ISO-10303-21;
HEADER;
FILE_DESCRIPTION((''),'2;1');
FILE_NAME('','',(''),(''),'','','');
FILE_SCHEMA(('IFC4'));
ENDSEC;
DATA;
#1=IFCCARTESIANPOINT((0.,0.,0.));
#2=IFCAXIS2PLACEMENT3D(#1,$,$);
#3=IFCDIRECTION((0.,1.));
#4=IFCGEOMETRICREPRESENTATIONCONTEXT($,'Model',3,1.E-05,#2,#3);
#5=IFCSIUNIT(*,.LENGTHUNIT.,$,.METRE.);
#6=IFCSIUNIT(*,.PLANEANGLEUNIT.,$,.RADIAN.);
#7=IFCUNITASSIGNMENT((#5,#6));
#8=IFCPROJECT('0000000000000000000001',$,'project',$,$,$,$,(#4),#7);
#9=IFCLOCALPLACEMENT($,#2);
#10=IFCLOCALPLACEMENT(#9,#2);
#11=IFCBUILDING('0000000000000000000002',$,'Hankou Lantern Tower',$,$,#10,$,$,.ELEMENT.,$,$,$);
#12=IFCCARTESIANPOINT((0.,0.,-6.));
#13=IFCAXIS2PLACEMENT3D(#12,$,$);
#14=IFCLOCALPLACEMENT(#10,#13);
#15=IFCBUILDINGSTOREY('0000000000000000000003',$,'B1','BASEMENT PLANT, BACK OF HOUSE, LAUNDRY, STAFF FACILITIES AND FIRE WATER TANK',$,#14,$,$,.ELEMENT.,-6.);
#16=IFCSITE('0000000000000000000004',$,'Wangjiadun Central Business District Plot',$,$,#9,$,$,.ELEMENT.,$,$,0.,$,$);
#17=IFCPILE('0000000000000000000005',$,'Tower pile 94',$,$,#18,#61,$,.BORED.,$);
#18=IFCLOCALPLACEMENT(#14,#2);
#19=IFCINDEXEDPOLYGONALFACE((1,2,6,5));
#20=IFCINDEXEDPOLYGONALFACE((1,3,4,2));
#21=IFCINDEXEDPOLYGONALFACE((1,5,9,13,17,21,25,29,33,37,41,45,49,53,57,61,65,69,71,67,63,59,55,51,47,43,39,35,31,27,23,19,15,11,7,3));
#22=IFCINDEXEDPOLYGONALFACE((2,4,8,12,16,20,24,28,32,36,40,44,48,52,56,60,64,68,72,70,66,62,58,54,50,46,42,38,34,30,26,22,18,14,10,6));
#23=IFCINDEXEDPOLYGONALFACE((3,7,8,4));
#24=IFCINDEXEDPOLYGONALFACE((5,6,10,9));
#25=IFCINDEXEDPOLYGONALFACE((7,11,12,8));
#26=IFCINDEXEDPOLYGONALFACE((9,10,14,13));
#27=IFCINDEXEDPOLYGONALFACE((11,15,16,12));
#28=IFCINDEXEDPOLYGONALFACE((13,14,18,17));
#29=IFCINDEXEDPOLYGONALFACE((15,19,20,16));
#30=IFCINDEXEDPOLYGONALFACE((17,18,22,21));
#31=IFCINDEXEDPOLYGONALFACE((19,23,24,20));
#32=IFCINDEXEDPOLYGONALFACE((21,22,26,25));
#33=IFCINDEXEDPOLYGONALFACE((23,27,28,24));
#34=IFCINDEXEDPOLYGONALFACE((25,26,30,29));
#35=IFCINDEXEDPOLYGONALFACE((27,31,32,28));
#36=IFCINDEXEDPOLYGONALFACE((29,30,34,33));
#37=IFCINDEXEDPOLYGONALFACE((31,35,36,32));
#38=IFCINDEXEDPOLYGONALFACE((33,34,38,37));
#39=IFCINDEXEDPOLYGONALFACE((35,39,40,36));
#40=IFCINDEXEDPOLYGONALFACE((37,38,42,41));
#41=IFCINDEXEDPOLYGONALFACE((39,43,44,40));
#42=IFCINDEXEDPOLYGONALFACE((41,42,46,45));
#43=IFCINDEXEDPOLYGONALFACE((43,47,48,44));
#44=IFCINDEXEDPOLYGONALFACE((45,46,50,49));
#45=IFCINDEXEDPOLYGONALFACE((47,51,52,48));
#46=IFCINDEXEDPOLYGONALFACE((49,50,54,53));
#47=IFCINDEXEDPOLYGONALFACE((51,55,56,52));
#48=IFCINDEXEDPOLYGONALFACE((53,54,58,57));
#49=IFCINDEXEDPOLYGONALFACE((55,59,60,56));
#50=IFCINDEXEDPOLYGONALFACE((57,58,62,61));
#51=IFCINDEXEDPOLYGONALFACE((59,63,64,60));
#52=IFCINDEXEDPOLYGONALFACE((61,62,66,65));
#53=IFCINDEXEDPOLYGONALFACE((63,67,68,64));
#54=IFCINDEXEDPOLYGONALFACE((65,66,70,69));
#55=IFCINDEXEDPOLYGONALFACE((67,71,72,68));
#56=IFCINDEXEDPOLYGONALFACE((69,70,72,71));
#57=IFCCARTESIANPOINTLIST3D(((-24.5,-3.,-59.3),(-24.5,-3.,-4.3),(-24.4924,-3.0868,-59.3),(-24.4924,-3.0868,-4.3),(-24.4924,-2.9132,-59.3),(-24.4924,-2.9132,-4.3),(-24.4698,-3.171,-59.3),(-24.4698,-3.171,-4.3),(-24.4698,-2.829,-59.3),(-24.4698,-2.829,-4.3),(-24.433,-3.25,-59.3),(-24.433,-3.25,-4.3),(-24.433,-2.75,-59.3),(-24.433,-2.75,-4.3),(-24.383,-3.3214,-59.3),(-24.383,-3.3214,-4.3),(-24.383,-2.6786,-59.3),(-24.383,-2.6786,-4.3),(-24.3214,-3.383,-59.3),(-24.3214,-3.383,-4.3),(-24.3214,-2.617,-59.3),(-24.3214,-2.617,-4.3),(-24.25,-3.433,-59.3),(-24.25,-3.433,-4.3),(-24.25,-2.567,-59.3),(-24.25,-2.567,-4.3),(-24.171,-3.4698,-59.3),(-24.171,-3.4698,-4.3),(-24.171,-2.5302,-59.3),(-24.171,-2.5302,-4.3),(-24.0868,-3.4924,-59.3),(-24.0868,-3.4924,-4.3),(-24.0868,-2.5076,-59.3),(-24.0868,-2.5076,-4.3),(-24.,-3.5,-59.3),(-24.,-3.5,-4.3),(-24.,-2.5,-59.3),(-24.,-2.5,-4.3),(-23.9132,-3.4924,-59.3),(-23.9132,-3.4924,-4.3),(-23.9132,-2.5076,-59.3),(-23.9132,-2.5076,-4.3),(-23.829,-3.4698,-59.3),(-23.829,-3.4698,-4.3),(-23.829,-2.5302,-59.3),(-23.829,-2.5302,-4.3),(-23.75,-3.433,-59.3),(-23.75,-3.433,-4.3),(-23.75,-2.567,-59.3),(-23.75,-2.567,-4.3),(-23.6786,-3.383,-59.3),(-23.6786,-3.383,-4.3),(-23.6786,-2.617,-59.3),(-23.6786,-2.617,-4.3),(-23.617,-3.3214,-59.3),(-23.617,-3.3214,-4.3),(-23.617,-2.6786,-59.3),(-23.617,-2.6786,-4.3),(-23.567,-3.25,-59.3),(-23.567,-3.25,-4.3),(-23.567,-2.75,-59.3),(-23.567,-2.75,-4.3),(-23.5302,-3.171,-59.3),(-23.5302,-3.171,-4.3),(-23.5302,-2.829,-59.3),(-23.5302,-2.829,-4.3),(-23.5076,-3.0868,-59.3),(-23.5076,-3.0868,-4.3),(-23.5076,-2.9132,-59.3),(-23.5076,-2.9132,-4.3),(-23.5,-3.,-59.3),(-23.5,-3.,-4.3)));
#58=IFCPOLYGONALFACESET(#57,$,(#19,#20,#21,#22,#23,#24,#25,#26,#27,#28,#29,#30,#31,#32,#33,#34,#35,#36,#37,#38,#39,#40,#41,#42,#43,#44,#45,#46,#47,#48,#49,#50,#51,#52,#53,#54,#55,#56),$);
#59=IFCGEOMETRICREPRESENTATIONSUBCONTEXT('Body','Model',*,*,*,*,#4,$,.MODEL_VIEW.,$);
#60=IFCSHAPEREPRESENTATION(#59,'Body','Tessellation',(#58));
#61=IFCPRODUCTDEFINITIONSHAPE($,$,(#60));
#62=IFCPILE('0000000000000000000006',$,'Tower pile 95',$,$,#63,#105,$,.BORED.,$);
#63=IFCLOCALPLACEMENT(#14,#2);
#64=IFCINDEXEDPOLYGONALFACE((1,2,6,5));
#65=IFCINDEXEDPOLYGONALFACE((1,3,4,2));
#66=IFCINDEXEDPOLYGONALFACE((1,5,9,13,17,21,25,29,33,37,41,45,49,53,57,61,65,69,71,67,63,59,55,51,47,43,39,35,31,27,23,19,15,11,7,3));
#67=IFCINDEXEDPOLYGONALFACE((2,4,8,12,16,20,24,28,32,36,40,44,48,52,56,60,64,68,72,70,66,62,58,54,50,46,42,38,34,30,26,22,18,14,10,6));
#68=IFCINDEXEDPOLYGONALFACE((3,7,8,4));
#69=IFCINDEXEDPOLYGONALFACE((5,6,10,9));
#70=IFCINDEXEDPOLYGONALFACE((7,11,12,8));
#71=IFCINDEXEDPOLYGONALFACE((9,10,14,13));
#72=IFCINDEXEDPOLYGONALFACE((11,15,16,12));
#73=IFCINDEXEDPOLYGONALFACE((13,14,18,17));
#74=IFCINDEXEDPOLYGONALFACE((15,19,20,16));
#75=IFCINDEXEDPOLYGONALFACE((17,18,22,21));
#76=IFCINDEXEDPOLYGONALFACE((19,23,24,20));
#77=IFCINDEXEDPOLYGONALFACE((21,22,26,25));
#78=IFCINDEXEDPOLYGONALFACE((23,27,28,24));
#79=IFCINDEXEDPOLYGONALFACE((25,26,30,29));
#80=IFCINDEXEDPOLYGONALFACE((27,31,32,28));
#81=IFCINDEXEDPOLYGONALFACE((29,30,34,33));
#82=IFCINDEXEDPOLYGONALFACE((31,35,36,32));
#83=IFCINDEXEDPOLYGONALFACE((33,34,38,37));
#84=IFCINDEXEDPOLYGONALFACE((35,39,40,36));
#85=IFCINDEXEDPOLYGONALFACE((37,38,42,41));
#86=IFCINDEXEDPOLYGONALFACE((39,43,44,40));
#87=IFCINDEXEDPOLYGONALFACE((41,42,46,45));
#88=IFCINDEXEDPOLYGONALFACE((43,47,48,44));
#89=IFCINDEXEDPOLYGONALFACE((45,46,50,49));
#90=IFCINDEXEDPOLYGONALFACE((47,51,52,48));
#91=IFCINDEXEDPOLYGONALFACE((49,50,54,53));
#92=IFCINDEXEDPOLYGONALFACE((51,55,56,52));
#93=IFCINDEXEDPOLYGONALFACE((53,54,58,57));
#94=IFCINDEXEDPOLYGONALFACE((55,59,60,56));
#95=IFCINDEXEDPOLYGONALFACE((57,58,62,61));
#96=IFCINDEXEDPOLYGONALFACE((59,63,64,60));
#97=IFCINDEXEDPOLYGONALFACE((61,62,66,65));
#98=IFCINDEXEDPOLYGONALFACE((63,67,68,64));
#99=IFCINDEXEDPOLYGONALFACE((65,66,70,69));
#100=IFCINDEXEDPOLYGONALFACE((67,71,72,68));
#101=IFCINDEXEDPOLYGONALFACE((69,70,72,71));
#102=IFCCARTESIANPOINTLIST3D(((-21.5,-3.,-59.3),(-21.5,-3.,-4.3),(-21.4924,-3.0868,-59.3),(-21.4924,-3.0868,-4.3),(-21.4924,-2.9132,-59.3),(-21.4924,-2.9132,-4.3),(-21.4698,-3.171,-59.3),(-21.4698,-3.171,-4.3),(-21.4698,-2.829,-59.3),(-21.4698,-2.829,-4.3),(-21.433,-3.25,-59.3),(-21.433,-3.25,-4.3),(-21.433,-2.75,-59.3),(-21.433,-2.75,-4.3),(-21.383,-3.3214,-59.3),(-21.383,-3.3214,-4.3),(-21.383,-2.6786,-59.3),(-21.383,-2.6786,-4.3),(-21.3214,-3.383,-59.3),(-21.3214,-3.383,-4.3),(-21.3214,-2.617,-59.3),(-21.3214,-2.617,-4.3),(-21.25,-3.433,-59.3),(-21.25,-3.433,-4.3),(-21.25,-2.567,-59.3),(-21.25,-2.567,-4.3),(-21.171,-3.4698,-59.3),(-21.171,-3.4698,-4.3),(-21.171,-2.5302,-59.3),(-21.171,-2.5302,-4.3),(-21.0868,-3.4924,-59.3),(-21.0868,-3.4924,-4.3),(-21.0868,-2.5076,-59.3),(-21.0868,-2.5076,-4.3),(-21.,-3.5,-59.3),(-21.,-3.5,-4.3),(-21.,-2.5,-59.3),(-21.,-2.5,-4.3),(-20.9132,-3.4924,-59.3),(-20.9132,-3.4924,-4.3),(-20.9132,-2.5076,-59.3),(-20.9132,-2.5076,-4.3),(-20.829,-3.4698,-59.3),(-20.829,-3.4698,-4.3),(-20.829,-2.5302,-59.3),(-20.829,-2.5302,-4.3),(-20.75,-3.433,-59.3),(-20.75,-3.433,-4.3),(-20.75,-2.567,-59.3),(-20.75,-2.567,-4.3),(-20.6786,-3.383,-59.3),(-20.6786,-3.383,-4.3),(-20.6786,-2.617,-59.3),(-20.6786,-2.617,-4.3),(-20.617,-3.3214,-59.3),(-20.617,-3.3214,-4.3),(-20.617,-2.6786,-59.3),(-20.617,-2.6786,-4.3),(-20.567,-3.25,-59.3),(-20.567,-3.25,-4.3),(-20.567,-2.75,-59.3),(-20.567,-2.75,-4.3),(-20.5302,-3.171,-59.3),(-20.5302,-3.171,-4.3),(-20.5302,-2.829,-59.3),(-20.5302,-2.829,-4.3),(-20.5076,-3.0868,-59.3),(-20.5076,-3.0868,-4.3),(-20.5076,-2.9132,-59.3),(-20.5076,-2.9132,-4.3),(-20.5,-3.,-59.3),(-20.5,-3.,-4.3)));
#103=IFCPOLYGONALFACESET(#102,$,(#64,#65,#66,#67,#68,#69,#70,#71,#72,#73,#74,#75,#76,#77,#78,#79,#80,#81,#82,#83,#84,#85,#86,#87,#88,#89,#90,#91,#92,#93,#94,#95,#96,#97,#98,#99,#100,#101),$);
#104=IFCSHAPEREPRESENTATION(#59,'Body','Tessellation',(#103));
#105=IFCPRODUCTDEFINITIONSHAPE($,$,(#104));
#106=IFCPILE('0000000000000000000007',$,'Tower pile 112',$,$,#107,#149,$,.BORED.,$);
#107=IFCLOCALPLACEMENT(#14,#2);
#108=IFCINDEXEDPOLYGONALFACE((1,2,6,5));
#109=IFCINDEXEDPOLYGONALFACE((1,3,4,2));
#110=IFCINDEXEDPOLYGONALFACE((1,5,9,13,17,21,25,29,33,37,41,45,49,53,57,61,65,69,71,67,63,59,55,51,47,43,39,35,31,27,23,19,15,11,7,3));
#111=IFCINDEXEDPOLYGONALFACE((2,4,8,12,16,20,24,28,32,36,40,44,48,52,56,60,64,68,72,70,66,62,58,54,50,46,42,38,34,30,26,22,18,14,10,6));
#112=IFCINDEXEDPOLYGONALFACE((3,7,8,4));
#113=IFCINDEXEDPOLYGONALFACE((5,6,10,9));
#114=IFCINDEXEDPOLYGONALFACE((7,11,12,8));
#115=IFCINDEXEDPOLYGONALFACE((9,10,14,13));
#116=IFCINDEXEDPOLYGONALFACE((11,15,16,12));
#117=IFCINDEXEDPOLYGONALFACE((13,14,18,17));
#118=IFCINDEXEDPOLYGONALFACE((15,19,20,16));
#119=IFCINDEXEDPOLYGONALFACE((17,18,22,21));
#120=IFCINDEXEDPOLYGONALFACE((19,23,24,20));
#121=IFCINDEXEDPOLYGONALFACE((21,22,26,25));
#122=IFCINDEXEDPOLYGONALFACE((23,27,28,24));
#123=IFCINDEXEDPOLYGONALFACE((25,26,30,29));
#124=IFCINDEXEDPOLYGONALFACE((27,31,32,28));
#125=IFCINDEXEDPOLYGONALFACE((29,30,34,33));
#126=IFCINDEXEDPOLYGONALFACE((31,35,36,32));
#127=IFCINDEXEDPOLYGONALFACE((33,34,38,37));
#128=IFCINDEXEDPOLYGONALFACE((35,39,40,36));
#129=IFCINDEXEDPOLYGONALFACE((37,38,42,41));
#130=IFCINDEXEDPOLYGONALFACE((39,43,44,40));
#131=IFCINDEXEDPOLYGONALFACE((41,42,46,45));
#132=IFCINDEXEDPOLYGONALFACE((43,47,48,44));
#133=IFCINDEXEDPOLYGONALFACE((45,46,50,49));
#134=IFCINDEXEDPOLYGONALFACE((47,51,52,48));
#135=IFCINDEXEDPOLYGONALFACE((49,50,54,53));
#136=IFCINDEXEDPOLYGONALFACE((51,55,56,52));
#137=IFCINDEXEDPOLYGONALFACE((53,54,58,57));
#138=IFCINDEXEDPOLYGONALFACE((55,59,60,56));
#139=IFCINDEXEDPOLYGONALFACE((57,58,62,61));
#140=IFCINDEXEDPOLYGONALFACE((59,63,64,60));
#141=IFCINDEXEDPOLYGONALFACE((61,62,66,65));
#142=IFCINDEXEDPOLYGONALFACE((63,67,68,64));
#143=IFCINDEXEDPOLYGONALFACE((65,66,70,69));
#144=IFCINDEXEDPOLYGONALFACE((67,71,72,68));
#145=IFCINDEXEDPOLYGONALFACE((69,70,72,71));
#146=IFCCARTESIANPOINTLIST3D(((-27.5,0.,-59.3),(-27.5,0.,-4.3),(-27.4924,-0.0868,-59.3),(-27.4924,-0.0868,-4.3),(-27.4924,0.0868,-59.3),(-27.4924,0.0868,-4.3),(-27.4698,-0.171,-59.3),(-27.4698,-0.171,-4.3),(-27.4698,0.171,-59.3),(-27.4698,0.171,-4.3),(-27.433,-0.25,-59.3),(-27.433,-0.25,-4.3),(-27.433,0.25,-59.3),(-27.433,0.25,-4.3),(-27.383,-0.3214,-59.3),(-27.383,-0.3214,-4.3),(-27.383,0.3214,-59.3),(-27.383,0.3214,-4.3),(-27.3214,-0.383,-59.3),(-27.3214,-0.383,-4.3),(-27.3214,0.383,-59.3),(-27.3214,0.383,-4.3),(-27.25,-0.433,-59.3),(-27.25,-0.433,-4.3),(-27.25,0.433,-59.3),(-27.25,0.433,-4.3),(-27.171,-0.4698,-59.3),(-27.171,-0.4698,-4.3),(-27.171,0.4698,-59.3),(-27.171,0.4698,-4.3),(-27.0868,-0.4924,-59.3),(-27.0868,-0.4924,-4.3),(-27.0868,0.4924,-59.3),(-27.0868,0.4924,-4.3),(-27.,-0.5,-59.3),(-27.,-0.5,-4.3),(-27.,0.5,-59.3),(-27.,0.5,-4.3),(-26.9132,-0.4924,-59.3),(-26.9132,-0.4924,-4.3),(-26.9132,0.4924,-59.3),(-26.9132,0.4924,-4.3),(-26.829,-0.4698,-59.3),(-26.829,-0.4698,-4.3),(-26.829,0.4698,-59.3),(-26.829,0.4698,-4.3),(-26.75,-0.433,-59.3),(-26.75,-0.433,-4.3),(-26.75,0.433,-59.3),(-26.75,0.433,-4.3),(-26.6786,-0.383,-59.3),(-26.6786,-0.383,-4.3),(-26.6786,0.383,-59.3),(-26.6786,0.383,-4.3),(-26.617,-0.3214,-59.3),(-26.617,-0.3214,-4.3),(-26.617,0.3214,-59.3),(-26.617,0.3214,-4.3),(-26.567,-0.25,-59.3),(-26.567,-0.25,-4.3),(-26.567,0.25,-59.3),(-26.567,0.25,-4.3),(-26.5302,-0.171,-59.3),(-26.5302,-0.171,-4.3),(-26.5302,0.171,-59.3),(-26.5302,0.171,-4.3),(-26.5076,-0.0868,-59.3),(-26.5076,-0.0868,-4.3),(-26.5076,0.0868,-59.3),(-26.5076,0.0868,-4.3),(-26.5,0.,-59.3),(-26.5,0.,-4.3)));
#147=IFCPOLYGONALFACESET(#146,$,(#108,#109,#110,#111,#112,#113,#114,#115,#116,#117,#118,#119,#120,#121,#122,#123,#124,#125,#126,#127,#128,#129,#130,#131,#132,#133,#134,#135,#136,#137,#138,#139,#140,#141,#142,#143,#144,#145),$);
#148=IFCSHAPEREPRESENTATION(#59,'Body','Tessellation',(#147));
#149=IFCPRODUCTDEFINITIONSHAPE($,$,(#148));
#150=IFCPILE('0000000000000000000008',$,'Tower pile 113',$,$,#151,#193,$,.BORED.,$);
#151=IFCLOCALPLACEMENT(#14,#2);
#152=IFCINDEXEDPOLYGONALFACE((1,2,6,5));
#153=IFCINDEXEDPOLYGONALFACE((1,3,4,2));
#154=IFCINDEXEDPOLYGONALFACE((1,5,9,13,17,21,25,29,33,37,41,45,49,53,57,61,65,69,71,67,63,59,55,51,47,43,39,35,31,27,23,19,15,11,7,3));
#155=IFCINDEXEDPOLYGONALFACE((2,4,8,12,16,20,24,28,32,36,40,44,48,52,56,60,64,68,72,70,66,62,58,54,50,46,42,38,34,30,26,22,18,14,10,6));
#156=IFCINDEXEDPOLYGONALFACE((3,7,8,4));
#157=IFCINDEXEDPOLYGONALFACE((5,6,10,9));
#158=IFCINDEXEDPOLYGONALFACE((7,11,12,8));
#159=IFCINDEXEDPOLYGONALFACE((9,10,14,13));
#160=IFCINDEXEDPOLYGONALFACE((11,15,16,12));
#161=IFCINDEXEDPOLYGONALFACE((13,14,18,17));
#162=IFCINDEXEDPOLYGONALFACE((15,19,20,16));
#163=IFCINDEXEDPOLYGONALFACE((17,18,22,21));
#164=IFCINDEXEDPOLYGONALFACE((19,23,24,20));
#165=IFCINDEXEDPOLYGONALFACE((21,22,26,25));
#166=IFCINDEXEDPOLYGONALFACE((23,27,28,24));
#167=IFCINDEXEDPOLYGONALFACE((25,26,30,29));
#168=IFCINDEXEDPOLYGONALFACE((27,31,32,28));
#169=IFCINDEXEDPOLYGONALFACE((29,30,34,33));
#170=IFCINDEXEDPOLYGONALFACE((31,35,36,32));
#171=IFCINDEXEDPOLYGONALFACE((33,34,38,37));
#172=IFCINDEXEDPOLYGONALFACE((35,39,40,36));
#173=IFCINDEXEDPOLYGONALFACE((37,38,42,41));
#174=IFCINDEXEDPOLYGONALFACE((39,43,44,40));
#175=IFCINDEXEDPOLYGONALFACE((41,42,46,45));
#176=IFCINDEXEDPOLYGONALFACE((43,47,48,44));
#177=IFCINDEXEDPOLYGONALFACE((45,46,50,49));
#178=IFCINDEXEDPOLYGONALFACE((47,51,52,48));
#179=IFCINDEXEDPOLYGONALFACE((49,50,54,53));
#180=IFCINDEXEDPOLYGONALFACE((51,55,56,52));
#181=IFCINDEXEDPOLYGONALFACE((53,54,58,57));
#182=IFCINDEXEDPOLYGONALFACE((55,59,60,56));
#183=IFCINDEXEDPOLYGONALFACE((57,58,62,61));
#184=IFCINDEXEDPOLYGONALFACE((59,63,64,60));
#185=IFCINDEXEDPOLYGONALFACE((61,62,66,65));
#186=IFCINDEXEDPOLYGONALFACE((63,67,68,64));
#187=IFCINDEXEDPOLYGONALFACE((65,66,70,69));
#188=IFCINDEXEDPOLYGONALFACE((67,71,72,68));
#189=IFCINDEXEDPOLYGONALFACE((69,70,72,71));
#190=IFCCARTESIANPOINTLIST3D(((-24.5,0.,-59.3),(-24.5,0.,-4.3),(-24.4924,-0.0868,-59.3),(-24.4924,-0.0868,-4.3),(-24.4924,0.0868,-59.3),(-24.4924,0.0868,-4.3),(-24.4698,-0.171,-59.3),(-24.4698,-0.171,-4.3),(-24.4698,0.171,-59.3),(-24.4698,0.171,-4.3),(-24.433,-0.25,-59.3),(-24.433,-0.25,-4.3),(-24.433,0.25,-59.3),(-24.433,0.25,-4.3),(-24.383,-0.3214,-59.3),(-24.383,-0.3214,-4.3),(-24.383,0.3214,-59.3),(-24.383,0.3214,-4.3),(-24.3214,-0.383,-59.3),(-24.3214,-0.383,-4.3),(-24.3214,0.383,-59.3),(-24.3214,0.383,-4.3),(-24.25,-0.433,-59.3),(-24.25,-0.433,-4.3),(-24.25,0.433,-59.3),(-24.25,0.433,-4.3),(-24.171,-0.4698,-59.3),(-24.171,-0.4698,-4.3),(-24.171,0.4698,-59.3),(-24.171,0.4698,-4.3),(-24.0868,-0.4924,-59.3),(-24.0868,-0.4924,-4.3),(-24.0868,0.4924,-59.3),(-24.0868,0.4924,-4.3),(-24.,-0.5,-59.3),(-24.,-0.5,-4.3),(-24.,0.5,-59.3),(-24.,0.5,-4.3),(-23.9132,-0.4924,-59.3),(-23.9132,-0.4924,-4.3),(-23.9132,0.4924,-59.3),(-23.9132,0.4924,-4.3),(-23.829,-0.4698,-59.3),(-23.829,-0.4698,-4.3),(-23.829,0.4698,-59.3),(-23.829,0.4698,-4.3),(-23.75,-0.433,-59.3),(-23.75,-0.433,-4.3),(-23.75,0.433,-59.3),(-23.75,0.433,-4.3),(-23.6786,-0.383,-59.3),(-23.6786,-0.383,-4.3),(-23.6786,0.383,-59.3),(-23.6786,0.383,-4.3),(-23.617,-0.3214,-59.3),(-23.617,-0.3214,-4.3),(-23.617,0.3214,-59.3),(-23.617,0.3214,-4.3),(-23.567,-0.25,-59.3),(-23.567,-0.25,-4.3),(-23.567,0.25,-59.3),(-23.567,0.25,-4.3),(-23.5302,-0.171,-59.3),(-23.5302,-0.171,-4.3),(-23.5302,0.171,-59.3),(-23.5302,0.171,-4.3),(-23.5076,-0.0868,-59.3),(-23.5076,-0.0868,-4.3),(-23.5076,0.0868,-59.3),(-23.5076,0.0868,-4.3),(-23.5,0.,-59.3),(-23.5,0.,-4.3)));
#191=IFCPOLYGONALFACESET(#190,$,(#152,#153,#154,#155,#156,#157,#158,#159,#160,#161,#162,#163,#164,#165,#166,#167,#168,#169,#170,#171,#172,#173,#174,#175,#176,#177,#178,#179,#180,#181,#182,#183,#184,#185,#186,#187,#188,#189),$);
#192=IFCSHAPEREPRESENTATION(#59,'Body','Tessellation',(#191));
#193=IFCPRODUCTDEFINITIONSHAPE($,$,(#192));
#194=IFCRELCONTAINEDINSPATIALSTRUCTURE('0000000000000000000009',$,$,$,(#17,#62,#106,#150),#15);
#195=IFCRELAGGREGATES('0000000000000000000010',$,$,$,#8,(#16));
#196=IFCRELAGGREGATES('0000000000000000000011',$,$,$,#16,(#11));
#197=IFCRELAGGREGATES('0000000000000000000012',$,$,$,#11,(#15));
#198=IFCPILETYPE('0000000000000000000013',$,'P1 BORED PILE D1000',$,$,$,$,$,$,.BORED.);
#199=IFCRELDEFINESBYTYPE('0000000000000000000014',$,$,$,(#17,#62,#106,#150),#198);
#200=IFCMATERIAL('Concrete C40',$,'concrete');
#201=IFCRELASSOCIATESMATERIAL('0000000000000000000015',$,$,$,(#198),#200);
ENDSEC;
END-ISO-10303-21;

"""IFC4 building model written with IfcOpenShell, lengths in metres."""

from ifc_helpers import new_model, si_unit, direction, frame, origin, origin_2d, place, context, subcontext, project, spatial, circle, extrude, material, material_profile, profile_set, type_object, element, save


model = new_model("IFC4")

# Units and contexts
model_context = context("Model", 3, precision=1e-05, world=origin(), true_north=direction((0.0, 1.0)))
body_context = subcontext(model_context, "Body", "Model", "MODEL_VIEW")
ifc_project = project(units=[si_unit("LENGTHUNIT", "METRE"), si_unit("PLANEANGLEUNIT", "RADIAN")], contexts=[model_context])

# Site, building, storey
site_placement = place(None, origin())
site = spatial("IfcSite", under=ifc_project, at=site_placement, Name="Wangjiadun Central Business District Plot", CompositionType="ELEMENT", RefElevation=0.0)
building_placement = place(site_placement, origin())
building = spatial("IfcBuilding", under=site, at=building_placement, Name="Hankou Lantern Tower", CompositionType="ELEMENT")
storey_placement = place(building_placement, frame((0.0, 0.0, -6.0)))
storey = spatial("IfcBuildingStorey", under=building, at=storey_placement, Name="B1", Description="BASEMENT PLANT, BACK OF HOUSE, LAUNDRY, STAFF FACILITIES AND FIRE WATER TANK", CompositionType="ELEMENT", Elevation=-6.0)

# Piles
ifc_material_1 = material(Name="Concrete C40", Category="concrete")
ifc_material_profile_1 = material_profile(ifc_material_1, circle(Radius=0.5, at=origin_2d()), Name="RC D1000")
ifc_profile_set_1 = profile_set([ifc_material_profile_1], Name="Concrete C40")
pile_type_1 = type_object("IfcPileType", Name="P1 BORED PILE D1000", PredefinedType="BORED", material=ifc_profile_set_1)
for number, where, z_axis, x_axis, name in (
    (1, (-24.0, -3.0, -4.3), (0.0, 0.0, -1.0), (1.0, 0.0, 0.0), "Tower pile 94"),
    (2, (-21.0, -3.0, -4.3), (0.0, 0.0, -1.0), (1.0, 0.0, 0.0), "Tower pile 95"),
    (3, (-27.0, 0.0, -4.3), (0.0, 0.0, -1.0), (1.0, 0.0, 0.0), "Tower pile 112"),
    (4, (-24.0, 0.0, -4.3), (0.0, 0.0, -1.0), (1.0, 0.0, 0.0), "Tower pile 113"),
):
    element("IfcPile", number, at=place(storey_placement, frame(where, z_axis=z_axis, x_axis=x_axis)), inside=storey, type_object=pile_type_1, Name=name, PredefinedType="BORED", context=body_context, shape_type="SweptSolid", body=[
        extrude(circle(Radius=0.5, at=origin_2d()), origin(), (0.0, 0.0, 1.0), 55.0),
    ])

save(model, "model.ifc")
